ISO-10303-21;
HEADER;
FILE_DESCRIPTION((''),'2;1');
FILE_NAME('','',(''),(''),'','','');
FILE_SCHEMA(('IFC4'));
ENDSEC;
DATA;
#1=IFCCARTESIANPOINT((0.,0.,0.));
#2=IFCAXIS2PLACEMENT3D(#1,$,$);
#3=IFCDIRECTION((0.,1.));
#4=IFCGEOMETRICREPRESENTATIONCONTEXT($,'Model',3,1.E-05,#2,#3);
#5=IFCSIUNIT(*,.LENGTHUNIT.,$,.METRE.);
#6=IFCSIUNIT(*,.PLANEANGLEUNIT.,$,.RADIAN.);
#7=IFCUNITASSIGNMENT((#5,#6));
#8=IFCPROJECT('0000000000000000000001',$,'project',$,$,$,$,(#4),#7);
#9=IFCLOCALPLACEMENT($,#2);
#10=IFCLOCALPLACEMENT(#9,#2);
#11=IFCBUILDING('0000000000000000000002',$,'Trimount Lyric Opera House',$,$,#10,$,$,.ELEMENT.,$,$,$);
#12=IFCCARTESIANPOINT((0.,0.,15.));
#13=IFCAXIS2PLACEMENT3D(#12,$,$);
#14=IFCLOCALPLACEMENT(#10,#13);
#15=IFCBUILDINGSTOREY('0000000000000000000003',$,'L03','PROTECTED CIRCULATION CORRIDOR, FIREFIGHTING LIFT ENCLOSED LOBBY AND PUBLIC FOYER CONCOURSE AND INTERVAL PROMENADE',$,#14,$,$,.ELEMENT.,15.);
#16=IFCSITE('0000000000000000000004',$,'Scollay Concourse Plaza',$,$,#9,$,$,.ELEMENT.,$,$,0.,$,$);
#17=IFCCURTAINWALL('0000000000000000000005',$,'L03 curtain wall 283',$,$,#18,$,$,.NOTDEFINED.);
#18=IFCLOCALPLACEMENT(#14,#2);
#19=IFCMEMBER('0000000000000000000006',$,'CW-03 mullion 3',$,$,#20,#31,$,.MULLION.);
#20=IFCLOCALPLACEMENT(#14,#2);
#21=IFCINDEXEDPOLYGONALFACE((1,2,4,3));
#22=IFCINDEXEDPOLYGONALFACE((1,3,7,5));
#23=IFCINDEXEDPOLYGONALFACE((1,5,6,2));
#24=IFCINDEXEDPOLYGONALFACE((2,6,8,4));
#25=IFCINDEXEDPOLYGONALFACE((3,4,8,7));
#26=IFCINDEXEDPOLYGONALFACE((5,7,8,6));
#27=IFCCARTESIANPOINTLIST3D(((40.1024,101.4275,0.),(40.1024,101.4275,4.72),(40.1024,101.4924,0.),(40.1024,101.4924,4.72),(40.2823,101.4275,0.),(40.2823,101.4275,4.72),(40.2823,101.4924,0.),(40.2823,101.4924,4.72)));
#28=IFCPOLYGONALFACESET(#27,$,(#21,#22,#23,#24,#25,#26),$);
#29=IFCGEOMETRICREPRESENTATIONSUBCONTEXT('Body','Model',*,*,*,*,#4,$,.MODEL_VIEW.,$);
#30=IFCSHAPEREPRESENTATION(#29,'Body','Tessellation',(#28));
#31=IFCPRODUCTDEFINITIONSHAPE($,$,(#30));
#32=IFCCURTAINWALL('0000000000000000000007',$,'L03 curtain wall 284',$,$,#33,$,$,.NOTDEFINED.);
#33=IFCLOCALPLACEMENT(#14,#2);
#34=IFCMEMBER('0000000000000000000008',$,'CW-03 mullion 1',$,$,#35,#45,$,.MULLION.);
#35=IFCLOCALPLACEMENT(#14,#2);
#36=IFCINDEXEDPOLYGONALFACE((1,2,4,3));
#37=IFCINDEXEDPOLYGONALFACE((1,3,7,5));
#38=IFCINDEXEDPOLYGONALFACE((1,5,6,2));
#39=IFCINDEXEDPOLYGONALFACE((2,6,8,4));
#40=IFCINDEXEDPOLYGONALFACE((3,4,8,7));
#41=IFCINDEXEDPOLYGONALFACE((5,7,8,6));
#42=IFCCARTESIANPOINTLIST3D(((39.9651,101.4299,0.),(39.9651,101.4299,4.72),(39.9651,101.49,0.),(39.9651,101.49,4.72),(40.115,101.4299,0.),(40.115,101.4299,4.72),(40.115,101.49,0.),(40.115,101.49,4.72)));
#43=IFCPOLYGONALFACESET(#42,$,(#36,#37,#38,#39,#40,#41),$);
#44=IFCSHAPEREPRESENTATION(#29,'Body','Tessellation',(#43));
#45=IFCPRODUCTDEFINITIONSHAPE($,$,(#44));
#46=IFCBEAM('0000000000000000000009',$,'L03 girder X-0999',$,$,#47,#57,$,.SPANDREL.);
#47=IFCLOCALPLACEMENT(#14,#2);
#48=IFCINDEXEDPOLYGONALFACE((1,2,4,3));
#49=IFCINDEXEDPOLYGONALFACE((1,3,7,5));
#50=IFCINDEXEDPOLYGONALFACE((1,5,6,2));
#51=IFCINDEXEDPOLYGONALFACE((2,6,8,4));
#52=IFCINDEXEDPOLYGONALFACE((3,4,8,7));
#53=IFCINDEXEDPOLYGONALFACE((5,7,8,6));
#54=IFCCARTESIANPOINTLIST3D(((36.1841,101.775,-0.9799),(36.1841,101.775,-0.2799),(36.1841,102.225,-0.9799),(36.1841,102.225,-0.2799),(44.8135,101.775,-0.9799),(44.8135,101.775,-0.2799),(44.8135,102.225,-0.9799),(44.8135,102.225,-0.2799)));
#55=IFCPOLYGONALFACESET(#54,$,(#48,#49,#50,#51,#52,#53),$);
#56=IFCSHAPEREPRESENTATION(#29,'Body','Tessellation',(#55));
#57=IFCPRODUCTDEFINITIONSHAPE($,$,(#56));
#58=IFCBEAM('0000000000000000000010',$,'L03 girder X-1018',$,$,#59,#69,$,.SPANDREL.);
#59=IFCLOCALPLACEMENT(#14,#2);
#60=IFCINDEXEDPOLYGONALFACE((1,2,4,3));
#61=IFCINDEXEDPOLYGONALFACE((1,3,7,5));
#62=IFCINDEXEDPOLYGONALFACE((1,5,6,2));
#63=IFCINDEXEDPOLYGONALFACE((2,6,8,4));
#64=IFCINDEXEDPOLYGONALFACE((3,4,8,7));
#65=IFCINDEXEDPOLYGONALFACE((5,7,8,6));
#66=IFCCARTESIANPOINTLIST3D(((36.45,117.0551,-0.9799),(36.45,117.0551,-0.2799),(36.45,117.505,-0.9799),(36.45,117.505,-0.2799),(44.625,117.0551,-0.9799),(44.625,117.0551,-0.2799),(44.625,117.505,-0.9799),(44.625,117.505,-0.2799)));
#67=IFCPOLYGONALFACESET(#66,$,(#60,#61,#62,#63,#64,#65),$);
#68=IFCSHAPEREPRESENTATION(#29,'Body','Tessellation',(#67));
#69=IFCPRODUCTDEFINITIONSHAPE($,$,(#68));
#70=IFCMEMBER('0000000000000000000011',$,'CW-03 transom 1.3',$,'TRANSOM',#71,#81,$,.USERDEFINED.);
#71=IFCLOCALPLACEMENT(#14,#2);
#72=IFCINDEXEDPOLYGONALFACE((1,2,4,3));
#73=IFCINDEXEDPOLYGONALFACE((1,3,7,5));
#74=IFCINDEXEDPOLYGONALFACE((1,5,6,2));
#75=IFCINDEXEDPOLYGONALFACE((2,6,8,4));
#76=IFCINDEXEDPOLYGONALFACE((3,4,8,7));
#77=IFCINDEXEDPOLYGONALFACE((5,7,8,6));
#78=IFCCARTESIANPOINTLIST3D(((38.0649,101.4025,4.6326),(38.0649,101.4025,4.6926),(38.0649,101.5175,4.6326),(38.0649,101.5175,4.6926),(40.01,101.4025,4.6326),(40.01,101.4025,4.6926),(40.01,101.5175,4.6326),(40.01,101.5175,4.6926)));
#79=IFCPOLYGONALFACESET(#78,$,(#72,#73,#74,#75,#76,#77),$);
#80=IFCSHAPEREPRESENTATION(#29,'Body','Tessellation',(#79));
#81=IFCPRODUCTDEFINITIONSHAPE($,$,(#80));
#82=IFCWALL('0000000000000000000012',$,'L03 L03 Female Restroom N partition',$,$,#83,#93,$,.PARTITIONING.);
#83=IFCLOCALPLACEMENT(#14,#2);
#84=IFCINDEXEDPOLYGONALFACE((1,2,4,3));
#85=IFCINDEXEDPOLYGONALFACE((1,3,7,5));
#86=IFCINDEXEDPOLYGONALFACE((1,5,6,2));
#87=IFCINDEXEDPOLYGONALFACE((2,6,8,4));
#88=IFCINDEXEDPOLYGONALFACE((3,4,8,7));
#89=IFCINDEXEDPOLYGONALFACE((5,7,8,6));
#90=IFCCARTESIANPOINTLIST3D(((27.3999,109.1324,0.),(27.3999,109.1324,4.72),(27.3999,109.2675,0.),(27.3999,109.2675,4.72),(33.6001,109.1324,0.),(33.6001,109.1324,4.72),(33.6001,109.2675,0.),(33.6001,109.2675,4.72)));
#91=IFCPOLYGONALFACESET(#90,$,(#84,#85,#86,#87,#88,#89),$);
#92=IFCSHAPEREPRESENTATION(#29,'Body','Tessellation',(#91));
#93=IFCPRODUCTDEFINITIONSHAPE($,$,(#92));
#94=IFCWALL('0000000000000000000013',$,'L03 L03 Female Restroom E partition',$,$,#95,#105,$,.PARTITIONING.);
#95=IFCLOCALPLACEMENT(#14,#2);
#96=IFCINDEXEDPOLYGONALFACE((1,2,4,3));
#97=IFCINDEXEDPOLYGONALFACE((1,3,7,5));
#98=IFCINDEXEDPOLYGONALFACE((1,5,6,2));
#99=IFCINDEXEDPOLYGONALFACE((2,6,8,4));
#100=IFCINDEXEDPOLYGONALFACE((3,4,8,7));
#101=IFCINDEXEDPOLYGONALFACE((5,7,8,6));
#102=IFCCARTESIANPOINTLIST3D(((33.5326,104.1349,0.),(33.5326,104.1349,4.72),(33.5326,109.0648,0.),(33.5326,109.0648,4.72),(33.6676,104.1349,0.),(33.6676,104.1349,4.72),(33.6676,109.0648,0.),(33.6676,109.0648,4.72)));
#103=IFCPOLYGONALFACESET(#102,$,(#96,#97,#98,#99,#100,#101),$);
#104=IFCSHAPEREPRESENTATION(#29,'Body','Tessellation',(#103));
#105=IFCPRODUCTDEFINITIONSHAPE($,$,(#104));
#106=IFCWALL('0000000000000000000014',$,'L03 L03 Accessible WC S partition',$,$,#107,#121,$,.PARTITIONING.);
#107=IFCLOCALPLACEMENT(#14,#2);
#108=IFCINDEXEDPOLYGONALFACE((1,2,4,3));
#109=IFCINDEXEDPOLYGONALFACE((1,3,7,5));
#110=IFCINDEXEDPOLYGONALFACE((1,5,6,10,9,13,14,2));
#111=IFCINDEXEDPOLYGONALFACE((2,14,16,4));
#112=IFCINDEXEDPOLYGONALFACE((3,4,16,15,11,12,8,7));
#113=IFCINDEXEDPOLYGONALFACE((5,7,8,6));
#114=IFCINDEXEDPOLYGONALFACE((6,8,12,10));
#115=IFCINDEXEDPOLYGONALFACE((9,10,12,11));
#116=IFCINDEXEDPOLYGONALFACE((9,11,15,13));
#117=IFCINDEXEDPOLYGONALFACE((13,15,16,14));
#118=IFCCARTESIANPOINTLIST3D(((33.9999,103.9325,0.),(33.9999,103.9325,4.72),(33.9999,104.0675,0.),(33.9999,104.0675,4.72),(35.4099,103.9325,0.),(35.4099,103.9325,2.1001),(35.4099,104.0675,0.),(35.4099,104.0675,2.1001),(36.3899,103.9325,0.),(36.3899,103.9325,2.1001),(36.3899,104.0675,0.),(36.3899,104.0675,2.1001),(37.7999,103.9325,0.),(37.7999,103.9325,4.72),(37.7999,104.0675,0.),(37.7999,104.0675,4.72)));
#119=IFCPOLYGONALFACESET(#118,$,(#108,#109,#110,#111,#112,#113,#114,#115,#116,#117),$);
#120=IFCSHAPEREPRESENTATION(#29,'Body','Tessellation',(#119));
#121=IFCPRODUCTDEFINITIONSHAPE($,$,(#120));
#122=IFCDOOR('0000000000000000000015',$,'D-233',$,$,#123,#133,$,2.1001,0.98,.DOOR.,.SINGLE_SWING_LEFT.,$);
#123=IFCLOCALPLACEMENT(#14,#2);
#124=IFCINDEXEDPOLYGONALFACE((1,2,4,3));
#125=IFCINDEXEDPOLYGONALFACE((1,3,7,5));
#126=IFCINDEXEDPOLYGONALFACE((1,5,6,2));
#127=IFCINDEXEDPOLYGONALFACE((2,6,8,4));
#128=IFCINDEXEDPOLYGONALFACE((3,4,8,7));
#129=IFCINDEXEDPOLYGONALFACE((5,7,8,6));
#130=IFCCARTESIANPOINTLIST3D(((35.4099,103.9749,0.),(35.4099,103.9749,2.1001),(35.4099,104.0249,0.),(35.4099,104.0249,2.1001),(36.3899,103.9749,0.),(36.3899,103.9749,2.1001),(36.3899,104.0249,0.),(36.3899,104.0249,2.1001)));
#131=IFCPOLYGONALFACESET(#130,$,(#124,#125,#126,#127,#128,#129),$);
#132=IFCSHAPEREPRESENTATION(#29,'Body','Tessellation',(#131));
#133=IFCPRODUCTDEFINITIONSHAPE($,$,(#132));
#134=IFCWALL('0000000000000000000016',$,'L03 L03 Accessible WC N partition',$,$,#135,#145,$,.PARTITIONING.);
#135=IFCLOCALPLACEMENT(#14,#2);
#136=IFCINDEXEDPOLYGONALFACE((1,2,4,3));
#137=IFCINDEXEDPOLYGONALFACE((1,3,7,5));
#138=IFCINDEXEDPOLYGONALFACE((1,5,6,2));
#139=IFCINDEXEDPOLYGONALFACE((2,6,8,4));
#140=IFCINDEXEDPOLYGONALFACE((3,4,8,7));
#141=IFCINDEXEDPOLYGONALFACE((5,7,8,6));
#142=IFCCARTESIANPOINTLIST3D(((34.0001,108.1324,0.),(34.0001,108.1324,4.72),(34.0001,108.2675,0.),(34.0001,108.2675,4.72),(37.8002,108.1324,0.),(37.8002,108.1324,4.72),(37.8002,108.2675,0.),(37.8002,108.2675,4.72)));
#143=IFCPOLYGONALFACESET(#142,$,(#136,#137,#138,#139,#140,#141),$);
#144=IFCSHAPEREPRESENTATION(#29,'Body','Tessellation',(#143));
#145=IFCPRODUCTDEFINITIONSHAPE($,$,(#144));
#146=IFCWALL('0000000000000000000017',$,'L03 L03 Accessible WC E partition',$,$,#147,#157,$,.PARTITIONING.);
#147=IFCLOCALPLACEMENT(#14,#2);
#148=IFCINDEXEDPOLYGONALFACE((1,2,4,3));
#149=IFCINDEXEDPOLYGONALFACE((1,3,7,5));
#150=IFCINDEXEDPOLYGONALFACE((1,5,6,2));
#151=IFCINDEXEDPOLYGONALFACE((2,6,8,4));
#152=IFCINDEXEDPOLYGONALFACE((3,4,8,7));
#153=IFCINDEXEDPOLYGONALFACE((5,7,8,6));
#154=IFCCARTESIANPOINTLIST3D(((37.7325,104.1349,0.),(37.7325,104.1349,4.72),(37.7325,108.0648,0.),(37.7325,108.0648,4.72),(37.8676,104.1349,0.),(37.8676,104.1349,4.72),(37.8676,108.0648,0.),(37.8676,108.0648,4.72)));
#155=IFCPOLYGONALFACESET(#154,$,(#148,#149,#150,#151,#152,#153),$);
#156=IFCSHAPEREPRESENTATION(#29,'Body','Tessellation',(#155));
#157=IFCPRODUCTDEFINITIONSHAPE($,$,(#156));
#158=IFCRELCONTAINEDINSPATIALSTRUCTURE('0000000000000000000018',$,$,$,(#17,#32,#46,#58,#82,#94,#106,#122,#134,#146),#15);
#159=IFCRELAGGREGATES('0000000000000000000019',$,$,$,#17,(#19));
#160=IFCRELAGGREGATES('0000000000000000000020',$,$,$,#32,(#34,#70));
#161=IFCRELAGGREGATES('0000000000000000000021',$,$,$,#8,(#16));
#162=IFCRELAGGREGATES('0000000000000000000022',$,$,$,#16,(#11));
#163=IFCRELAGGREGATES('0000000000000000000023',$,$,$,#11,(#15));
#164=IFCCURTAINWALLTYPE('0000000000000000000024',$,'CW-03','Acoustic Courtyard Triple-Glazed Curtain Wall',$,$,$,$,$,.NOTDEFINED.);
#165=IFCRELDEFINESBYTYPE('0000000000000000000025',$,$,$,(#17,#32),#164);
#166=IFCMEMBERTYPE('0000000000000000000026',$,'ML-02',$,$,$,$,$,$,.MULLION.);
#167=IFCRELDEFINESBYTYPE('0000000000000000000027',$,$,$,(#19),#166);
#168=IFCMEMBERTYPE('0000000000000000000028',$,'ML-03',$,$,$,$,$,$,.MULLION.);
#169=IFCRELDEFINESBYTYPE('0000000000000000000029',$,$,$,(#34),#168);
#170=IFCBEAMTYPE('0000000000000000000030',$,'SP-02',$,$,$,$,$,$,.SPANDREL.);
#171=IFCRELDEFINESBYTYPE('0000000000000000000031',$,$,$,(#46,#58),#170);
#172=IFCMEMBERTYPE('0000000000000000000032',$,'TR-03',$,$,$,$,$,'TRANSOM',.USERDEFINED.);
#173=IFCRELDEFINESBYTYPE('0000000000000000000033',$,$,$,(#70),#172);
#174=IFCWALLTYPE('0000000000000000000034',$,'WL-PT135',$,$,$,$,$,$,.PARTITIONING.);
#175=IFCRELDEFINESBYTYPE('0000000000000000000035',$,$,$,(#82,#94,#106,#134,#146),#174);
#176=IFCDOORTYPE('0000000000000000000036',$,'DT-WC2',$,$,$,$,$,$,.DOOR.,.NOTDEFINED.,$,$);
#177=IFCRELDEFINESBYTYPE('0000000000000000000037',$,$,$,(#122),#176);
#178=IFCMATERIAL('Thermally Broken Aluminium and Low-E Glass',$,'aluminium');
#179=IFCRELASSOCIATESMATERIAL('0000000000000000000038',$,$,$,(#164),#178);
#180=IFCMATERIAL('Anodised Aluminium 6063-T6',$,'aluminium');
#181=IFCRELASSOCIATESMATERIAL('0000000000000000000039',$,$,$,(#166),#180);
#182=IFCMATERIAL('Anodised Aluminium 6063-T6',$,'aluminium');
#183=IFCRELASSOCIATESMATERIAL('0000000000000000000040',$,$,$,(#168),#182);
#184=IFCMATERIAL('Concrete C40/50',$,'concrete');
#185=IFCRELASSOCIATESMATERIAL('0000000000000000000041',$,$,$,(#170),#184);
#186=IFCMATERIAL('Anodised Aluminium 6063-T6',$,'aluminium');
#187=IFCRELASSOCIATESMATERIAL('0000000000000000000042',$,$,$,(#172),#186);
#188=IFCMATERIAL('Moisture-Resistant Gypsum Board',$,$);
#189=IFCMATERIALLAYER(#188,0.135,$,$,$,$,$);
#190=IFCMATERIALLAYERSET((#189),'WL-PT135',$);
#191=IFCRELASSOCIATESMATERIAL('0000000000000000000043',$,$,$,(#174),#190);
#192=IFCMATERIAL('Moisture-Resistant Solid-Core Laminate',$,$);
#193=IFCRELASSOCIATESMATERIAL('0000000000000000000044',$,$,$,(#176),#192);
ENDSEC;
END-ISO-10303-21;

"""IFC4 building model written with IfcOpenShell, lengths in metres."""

from ifc_helpers import new_model, si_unit, direction, frame, frame_2d, origin, origin_2d, place, context, subcontext, project, spatial, rectangle, extrude, material, layer, layer_set, material_profile, profile_set, type_object, element, fill, aggregate, save


model = new_model("IFC4")

# Units and contexts
model_context = context("Model", 3, precision=1e-05, world=origin(), true_north=direction((0.0, 1.0)))
body_context = subcontext(model_context, "Body", "Model", "MODEL_VIEW")
ifc_project = project(units=[si_unit("LENGTHUNIT", "METRE"), si_unit("PLANEANGLEUNIT", "RADIAN")], contexts=[model_context])

# Site, building, storey
site_placement = place(None, origin())
site = spatial("IfcSite", under=ifc_project, at=site_placement, Name="Scollay Concourse Plaza", CompositionType="ELEMENT", RefElevation=0.0)
building_placement = place(site_placement, origin())
building = spatial("IfcBuilding", under=site, at=building_placement, Name="Trimount Lyric Opera House", CompositionType="ELEMENT")
storey_placement = place(building_placement, frame((0.0, 0.0, 15.0)))
storey = spatial("IfcBuildingStorey", under=building, at=storey_placement, Name="L03", Description="PROTECTED CIRCULATION CORRIDOR, FIREFIGHTING LIFT ENCLOSED LOBBY AND PUBLIC FOYER CONCOURSE AND INTERVAL PROMENADE", CompositionType="ELEMENT", Elevation=15.0)

# Curtain walls, members
ifc_material_1 = material(Name="Thermally Broken Aluminium and Low-E Glass", Category="aluminium")
curtain_wall_type = type_object("IfcCurtainWallType", Name="CW-03", Description="Acoustic Courtyard Triple-Glazed Curtain Wall", PredefinedType="NOTDEFINED", material=ifc_material_1)
curtain_wall_1_placement = place(storey_placement, origin())
curtain_wall_1 = element("IfcCurtainWall", 1, at=curtain_wall_1_placement, inside=storey, type_object=curtain_wall_type, Name="L03 curtain wall 283", PredefinedType="NOTDEFINED")
ifc_material_2 = material(Name="Anodised Aluminium 6063-T6", Category="aluminium")
ifc_material_profile_1 = material_profile(ifc_material_2, rectangle(XDim=0.0649, YDim=0.1799, at=origin_2d()), Name="ALU-MULL-65X180")
ifc_profile_set_1 = profile_set([ifc_material_profile_1], Name="Anodised Aluminium 6063-T6")
member_type_1 = type_object("IfcMemberType", Name="ML-02", PredefinedType="MULLION", material=ifc_profile_set_1)
member_1_placement = place(storey_placement, frame((40.1924, 101.46, 0.0), z_axis=(0.0, 0.0, 1.0), x_axis=(0.0, -1.0, 0.0)))
member_1 = element("IfcMember", 2, at=member_1_placement, type_object=member_type_1, Name="CW-03 mullion 3", PredefinedType="MULLION", context=body_context, shape_type="SweptSolid", body=[
    extrude(rectangle(XDim=0.0649, YDim=0.1799, at=origin_2d()), origin(), (0.0, 0.0, 1.0), 4.72),
])
aggregate(curtain_wall_1, [member_1])
curtain_wall_2_placement = place(storey_placement, origin())
curtain_wall_2 = element("IfcCurtainWall", 3, at=curtain_wall_2_placement, inside=storey, type_object=curtain_wall_type, Name="L03 curtain wall 284", PredefinedType="NOTDEFINED")
ifc_material_3 = material(Name="Anodised Aluminium 6063-T6", Category="aluminium")
ifc_material_profile_2 = material_profile(ifc_material_3, rectangle(XDim=0.0601, YDim=0.1499, at=origin_2d()), Name="ALU-MULL-60X150")
ifc_profile_set_2 = profile_set([ifc_material_profile_2], Name="Anodised Aluminium 6063-T6")
member_type_2 = type_object("IfcMemberType", Name="ML-03", PredefinedType="MULLION", material=ifc_profile_set_2)
member_2_placement = place(storey_placement, frame((40.04, 101.46, 0.0), z_axis=(0.0, 0.0, 1.0), x_axis=(0.0, -1.0, 0.0)))
member_2 = element("IfcMember", 4, at=member_2_placement, type_object=member_type_2, Name="CW-03 mullion 1", PredefinedType="MULLION", context=body_context, shape_type="SweptSolid", body=[
    extrude(rectangle(XDim=0.0601, YDim=0.1499, at=origin_2d()), origin(), (0.0, 0.0, 1.0), 4.72),
])

# Beams
ifc_material_4 = material(Name="Concrete C40/50", Category="concrete")
ifc_material_profile_3 = material_profile(ifc_material_4, rectangle(XDim=0.45, YDim=0.7, at=origin_2d()), Name="RC450X700")
ifc_profile_set_3 = profile_set([ifc_material_profile_3], Name="Concrete C40/50")
beam_type_1 = type_object("IfcBeamType", Name="SP-02", PredefinedType="SPANDREL", material=ifc_profile_set_3)
beam_1_placement = place(storey_placement, frame((36.1841, 102.0, -0.6299), z_axis=(1.0, 0.0, 0.0), x_axis=(0.0, 1.0, 0.0)))
element("IfcBeam", 5, at=beam_1_placement, inside=storey, type_object=beam_type_1, Name="L03 girder X-0999", PredefinedType="SPANDREL", context=body_context, shape_type="SweptSolid", body=[
    extrude(rectangle(XDim=0.45, YDim=0.7, at=origin_2d()), origin(), (0.0, 0.0, 1.0), 8.6294),
])
beam_2_placement = place(storey_placement, frame((36.45, 117.28, -0.6299), z_axis=(1.0, 0.0, 0.0), x_axis=(0.0, 1.0, 0.0)))
element("IfcBeam", 6, at=beam_2_placement, inside=storey, type_object=beam_type_1, Name="L03 girder X-1018", PredefinedType="SPANDREL", context=body_context, shape_type="SweptSolid", body=[
    extrude(rectangle(XDim=0.45, YDim=0.7, at=origin_2d()), origin(), (0.0, 0.0, 1.0), 8.175),
])

# Member
ifc_material_5 = material(Name="Anodised Aluminium 6063-T6", Category="aluminium")
ifc_material_profile_4 = material_profile(ifc_material_5, rectangle(XDim=0.115, YDim=0.0601, at=origin_2d()), Name="ALU-TRAN-60X115")
ifc_profile_set_4 = profile_set([ifc_material_profile_4], Name="Anodised Aluminium 6063-T6")
member_type_3 = type_object("IfcMemberType", Name="TR-03", ElementType="TRANSOM", PredefinedType="USERDEFINED", material=ifc_profile_set_4)
member_3_placement = place(storey_placement, frame((40.01, 101.46, 4.6626), z_axis=(-1.0, 0.0, 0.0), x_axis=(0.0, -1.0, 0.0)))
member_3 = element("IfcMember", 7, at=member_3_placement, type_object=member_type_3, Name="CW-03 transom 1.3", ObjectType="TRANSOM", PredefinedType="USERDEFINED", context=body_context, shape_type="SweptSolid", body=[
    extrude(rectangle(XDim=0.115, YDim=0.0601, at=origin_2d()), origin(), (0.0, 0.0, 1.0), 1.9451),
])
aggregate(curtain_wall_2, [member_2, member_3])

# Walls
ifc_material_6 = material(Name="Moisture-Resistant Gypsum Board")
ifc_layer_1 = layer(ifc_material_6, 0.135)
ifc_layer_set_1 = layer_set([ifc_layer_1], Name="WL-PT135")
wall_type_1 = type_object("IfcWallType", Name="WL-PT135", PredefinedType="PARTITIONING", material=ifc_layer_set_1)
wall_1_placement = place(storey_placement, frame((33.6001, 109.2, 0.0), z_axis=(0.0, 0.0, 1.0), x_axis=(-1.0, 0.0, 0.0)))
element("IfcWall", 8, at=wall_1_placement, inside=storey, type_object=wall_type_1, Name="L03 L03 Female Restroom N partition", PredefinedType="PARTITIONING", context=body_context, shape_type="SweptSolid", body=[
    extrude(rectangle(XDim=6.2002, YDim=0.135, at=frame_2d((3.1001, 0.0))), origin(), (0.0, 0.0, 1.0), 4.72),
])
wall_2_placement = place(storey_placement, frame((33.6001, 104.135, 0.0), z_axis=(0.0, 0.0, 1.0), x_axis=(0.0, 1.0, 0.0)))
element("IfcWall", 9, at=wall_2_placement, inside=storey, type_object=wall_type_1, Name="L03 L03 Female Restroom E partition", PredefinedType="PARTITIONING", context=body_context, shape_type="SweptSolid", body=[
    extrude(rectangle(XDim=4.9299, YDim=0.135, at=frame_2d((2.4648, 0.0))), origin(), (0.0, 0.0, 1.0), 4.72),
])

# Wall, opening, door
wall_3_placement = place(storey_placement, frame((34.0, 104.0, 0.0), z_axis=(0.0, 0.0, 1.0), x_axis=(1.0, 0.0, 0.0)))
wall_3 = element("IfcWall", 10, at=wall_3_placement, inside=storey, type_object=wall_type_1, Name="L03 L03 Accessible WC S partition", PredefinedType="PARTITIONING", context=body_context, shape_type="SweptSolid", body=[
    extrude(rectangle(XDim=3.8, YDim=0.135, at=frame_2d((1.8999, 0.0))), origin(), (0.0, 0.0, 1.0), 4.72),
])
opening_1_placement = place(wall_3_placement, frame((1.4099, 0.0, 0.0)))
opening_1 = element("IfcOpeningElement", 11, at=opening_1_placement, cuts=wall_3, PredefinedType="OPENING", context=body_context, shape_type="SweptSolid", body=[
    extrude(rectangle(XDim=0.98, YDim=2.1001, at=frame_2d((0.49, 1.05))), frame((0.0, 0.0776, 0.0), z_axis=(0.0, -1.0, 0.0), x_axis=(1.0, 0.0, 0.0)), (0.0, 0.0, 1.0), 0.155),
])
ifc_material_7 = material(Name="Moisture-Resistant Solid-Core Laminate")
door_type = type_object("IfcDoorType", Name="DT-WC2", OperationType="NOTDEFINED", PredefinedType="DOOR", material=ifc_material_7)
door_placement = place(opening_1_placement, origin())
door = element("IfcDoor", 12, at=door_placement, inside=storey, type_object=door_type, Name="D-233", OperationType="SINGLE_SWING_LEFT", OverallHeight=2.1001, OverallWidth=0.98, PredefinedType="DOOR", context=body_context, shape_type="SweptSolid", body=[
    extrude(rectangle(XDim=0.98, YDim=2.1001, at=frame_2d((0.49, 1.05))), frame((0.0, 0.0249, 0.0), z_axis=(0.0, -1.0, 0.0), x_axis=(1.0, 0.0, 0.0)), (0.0, 0.0, 1.0), 0.05),
])
fill(opening_1, door)

# Walls
wall_4_placement = place(storey_placement, frame((37.8, 108.2, 0.0), z_axis=(0.0, 0.0, 1.0), x_axis=(-1.0, 0.0, 0.0)))
element("IfcWall", 13, at=wall_4_placement, inside=storey, type_object=wall_type_1, Name="L03 L03 Accessible WC N partition", PredefinedType="PARTITIONING", context=body_context, shape_type="SweptSolid", body=[
    extrude(rectangle(XDim=3.8, YDim=0.135, at=frame_2d((1.8999, 0.0))), origin(), (0.0, 0.0, 1.0), 4.72),
])
wall_5_placement = place(storey_placement, frame((37.8, 104.135, 0.0), z_axis=(0.0, 0.0, 1.0), x_axis=(0.0, 1.0, 0.0)))
element("IfcWall", 14, at=wall_5_placement, inside=storey, type_object=wall_type_1, Name="L03 L03 Accessible WC E partition", PredefinedType="PARTITIONING", context=body_context, shape_type="SweptSolid", body=[
    extrude(rectangle(XDim=3.9299, YDim=0.135, at=frame_2d((1.9648, 0.0))), origin(), (0.0, 0.0, 1.0), 4.72),
])

save(model, "model.ifc")
